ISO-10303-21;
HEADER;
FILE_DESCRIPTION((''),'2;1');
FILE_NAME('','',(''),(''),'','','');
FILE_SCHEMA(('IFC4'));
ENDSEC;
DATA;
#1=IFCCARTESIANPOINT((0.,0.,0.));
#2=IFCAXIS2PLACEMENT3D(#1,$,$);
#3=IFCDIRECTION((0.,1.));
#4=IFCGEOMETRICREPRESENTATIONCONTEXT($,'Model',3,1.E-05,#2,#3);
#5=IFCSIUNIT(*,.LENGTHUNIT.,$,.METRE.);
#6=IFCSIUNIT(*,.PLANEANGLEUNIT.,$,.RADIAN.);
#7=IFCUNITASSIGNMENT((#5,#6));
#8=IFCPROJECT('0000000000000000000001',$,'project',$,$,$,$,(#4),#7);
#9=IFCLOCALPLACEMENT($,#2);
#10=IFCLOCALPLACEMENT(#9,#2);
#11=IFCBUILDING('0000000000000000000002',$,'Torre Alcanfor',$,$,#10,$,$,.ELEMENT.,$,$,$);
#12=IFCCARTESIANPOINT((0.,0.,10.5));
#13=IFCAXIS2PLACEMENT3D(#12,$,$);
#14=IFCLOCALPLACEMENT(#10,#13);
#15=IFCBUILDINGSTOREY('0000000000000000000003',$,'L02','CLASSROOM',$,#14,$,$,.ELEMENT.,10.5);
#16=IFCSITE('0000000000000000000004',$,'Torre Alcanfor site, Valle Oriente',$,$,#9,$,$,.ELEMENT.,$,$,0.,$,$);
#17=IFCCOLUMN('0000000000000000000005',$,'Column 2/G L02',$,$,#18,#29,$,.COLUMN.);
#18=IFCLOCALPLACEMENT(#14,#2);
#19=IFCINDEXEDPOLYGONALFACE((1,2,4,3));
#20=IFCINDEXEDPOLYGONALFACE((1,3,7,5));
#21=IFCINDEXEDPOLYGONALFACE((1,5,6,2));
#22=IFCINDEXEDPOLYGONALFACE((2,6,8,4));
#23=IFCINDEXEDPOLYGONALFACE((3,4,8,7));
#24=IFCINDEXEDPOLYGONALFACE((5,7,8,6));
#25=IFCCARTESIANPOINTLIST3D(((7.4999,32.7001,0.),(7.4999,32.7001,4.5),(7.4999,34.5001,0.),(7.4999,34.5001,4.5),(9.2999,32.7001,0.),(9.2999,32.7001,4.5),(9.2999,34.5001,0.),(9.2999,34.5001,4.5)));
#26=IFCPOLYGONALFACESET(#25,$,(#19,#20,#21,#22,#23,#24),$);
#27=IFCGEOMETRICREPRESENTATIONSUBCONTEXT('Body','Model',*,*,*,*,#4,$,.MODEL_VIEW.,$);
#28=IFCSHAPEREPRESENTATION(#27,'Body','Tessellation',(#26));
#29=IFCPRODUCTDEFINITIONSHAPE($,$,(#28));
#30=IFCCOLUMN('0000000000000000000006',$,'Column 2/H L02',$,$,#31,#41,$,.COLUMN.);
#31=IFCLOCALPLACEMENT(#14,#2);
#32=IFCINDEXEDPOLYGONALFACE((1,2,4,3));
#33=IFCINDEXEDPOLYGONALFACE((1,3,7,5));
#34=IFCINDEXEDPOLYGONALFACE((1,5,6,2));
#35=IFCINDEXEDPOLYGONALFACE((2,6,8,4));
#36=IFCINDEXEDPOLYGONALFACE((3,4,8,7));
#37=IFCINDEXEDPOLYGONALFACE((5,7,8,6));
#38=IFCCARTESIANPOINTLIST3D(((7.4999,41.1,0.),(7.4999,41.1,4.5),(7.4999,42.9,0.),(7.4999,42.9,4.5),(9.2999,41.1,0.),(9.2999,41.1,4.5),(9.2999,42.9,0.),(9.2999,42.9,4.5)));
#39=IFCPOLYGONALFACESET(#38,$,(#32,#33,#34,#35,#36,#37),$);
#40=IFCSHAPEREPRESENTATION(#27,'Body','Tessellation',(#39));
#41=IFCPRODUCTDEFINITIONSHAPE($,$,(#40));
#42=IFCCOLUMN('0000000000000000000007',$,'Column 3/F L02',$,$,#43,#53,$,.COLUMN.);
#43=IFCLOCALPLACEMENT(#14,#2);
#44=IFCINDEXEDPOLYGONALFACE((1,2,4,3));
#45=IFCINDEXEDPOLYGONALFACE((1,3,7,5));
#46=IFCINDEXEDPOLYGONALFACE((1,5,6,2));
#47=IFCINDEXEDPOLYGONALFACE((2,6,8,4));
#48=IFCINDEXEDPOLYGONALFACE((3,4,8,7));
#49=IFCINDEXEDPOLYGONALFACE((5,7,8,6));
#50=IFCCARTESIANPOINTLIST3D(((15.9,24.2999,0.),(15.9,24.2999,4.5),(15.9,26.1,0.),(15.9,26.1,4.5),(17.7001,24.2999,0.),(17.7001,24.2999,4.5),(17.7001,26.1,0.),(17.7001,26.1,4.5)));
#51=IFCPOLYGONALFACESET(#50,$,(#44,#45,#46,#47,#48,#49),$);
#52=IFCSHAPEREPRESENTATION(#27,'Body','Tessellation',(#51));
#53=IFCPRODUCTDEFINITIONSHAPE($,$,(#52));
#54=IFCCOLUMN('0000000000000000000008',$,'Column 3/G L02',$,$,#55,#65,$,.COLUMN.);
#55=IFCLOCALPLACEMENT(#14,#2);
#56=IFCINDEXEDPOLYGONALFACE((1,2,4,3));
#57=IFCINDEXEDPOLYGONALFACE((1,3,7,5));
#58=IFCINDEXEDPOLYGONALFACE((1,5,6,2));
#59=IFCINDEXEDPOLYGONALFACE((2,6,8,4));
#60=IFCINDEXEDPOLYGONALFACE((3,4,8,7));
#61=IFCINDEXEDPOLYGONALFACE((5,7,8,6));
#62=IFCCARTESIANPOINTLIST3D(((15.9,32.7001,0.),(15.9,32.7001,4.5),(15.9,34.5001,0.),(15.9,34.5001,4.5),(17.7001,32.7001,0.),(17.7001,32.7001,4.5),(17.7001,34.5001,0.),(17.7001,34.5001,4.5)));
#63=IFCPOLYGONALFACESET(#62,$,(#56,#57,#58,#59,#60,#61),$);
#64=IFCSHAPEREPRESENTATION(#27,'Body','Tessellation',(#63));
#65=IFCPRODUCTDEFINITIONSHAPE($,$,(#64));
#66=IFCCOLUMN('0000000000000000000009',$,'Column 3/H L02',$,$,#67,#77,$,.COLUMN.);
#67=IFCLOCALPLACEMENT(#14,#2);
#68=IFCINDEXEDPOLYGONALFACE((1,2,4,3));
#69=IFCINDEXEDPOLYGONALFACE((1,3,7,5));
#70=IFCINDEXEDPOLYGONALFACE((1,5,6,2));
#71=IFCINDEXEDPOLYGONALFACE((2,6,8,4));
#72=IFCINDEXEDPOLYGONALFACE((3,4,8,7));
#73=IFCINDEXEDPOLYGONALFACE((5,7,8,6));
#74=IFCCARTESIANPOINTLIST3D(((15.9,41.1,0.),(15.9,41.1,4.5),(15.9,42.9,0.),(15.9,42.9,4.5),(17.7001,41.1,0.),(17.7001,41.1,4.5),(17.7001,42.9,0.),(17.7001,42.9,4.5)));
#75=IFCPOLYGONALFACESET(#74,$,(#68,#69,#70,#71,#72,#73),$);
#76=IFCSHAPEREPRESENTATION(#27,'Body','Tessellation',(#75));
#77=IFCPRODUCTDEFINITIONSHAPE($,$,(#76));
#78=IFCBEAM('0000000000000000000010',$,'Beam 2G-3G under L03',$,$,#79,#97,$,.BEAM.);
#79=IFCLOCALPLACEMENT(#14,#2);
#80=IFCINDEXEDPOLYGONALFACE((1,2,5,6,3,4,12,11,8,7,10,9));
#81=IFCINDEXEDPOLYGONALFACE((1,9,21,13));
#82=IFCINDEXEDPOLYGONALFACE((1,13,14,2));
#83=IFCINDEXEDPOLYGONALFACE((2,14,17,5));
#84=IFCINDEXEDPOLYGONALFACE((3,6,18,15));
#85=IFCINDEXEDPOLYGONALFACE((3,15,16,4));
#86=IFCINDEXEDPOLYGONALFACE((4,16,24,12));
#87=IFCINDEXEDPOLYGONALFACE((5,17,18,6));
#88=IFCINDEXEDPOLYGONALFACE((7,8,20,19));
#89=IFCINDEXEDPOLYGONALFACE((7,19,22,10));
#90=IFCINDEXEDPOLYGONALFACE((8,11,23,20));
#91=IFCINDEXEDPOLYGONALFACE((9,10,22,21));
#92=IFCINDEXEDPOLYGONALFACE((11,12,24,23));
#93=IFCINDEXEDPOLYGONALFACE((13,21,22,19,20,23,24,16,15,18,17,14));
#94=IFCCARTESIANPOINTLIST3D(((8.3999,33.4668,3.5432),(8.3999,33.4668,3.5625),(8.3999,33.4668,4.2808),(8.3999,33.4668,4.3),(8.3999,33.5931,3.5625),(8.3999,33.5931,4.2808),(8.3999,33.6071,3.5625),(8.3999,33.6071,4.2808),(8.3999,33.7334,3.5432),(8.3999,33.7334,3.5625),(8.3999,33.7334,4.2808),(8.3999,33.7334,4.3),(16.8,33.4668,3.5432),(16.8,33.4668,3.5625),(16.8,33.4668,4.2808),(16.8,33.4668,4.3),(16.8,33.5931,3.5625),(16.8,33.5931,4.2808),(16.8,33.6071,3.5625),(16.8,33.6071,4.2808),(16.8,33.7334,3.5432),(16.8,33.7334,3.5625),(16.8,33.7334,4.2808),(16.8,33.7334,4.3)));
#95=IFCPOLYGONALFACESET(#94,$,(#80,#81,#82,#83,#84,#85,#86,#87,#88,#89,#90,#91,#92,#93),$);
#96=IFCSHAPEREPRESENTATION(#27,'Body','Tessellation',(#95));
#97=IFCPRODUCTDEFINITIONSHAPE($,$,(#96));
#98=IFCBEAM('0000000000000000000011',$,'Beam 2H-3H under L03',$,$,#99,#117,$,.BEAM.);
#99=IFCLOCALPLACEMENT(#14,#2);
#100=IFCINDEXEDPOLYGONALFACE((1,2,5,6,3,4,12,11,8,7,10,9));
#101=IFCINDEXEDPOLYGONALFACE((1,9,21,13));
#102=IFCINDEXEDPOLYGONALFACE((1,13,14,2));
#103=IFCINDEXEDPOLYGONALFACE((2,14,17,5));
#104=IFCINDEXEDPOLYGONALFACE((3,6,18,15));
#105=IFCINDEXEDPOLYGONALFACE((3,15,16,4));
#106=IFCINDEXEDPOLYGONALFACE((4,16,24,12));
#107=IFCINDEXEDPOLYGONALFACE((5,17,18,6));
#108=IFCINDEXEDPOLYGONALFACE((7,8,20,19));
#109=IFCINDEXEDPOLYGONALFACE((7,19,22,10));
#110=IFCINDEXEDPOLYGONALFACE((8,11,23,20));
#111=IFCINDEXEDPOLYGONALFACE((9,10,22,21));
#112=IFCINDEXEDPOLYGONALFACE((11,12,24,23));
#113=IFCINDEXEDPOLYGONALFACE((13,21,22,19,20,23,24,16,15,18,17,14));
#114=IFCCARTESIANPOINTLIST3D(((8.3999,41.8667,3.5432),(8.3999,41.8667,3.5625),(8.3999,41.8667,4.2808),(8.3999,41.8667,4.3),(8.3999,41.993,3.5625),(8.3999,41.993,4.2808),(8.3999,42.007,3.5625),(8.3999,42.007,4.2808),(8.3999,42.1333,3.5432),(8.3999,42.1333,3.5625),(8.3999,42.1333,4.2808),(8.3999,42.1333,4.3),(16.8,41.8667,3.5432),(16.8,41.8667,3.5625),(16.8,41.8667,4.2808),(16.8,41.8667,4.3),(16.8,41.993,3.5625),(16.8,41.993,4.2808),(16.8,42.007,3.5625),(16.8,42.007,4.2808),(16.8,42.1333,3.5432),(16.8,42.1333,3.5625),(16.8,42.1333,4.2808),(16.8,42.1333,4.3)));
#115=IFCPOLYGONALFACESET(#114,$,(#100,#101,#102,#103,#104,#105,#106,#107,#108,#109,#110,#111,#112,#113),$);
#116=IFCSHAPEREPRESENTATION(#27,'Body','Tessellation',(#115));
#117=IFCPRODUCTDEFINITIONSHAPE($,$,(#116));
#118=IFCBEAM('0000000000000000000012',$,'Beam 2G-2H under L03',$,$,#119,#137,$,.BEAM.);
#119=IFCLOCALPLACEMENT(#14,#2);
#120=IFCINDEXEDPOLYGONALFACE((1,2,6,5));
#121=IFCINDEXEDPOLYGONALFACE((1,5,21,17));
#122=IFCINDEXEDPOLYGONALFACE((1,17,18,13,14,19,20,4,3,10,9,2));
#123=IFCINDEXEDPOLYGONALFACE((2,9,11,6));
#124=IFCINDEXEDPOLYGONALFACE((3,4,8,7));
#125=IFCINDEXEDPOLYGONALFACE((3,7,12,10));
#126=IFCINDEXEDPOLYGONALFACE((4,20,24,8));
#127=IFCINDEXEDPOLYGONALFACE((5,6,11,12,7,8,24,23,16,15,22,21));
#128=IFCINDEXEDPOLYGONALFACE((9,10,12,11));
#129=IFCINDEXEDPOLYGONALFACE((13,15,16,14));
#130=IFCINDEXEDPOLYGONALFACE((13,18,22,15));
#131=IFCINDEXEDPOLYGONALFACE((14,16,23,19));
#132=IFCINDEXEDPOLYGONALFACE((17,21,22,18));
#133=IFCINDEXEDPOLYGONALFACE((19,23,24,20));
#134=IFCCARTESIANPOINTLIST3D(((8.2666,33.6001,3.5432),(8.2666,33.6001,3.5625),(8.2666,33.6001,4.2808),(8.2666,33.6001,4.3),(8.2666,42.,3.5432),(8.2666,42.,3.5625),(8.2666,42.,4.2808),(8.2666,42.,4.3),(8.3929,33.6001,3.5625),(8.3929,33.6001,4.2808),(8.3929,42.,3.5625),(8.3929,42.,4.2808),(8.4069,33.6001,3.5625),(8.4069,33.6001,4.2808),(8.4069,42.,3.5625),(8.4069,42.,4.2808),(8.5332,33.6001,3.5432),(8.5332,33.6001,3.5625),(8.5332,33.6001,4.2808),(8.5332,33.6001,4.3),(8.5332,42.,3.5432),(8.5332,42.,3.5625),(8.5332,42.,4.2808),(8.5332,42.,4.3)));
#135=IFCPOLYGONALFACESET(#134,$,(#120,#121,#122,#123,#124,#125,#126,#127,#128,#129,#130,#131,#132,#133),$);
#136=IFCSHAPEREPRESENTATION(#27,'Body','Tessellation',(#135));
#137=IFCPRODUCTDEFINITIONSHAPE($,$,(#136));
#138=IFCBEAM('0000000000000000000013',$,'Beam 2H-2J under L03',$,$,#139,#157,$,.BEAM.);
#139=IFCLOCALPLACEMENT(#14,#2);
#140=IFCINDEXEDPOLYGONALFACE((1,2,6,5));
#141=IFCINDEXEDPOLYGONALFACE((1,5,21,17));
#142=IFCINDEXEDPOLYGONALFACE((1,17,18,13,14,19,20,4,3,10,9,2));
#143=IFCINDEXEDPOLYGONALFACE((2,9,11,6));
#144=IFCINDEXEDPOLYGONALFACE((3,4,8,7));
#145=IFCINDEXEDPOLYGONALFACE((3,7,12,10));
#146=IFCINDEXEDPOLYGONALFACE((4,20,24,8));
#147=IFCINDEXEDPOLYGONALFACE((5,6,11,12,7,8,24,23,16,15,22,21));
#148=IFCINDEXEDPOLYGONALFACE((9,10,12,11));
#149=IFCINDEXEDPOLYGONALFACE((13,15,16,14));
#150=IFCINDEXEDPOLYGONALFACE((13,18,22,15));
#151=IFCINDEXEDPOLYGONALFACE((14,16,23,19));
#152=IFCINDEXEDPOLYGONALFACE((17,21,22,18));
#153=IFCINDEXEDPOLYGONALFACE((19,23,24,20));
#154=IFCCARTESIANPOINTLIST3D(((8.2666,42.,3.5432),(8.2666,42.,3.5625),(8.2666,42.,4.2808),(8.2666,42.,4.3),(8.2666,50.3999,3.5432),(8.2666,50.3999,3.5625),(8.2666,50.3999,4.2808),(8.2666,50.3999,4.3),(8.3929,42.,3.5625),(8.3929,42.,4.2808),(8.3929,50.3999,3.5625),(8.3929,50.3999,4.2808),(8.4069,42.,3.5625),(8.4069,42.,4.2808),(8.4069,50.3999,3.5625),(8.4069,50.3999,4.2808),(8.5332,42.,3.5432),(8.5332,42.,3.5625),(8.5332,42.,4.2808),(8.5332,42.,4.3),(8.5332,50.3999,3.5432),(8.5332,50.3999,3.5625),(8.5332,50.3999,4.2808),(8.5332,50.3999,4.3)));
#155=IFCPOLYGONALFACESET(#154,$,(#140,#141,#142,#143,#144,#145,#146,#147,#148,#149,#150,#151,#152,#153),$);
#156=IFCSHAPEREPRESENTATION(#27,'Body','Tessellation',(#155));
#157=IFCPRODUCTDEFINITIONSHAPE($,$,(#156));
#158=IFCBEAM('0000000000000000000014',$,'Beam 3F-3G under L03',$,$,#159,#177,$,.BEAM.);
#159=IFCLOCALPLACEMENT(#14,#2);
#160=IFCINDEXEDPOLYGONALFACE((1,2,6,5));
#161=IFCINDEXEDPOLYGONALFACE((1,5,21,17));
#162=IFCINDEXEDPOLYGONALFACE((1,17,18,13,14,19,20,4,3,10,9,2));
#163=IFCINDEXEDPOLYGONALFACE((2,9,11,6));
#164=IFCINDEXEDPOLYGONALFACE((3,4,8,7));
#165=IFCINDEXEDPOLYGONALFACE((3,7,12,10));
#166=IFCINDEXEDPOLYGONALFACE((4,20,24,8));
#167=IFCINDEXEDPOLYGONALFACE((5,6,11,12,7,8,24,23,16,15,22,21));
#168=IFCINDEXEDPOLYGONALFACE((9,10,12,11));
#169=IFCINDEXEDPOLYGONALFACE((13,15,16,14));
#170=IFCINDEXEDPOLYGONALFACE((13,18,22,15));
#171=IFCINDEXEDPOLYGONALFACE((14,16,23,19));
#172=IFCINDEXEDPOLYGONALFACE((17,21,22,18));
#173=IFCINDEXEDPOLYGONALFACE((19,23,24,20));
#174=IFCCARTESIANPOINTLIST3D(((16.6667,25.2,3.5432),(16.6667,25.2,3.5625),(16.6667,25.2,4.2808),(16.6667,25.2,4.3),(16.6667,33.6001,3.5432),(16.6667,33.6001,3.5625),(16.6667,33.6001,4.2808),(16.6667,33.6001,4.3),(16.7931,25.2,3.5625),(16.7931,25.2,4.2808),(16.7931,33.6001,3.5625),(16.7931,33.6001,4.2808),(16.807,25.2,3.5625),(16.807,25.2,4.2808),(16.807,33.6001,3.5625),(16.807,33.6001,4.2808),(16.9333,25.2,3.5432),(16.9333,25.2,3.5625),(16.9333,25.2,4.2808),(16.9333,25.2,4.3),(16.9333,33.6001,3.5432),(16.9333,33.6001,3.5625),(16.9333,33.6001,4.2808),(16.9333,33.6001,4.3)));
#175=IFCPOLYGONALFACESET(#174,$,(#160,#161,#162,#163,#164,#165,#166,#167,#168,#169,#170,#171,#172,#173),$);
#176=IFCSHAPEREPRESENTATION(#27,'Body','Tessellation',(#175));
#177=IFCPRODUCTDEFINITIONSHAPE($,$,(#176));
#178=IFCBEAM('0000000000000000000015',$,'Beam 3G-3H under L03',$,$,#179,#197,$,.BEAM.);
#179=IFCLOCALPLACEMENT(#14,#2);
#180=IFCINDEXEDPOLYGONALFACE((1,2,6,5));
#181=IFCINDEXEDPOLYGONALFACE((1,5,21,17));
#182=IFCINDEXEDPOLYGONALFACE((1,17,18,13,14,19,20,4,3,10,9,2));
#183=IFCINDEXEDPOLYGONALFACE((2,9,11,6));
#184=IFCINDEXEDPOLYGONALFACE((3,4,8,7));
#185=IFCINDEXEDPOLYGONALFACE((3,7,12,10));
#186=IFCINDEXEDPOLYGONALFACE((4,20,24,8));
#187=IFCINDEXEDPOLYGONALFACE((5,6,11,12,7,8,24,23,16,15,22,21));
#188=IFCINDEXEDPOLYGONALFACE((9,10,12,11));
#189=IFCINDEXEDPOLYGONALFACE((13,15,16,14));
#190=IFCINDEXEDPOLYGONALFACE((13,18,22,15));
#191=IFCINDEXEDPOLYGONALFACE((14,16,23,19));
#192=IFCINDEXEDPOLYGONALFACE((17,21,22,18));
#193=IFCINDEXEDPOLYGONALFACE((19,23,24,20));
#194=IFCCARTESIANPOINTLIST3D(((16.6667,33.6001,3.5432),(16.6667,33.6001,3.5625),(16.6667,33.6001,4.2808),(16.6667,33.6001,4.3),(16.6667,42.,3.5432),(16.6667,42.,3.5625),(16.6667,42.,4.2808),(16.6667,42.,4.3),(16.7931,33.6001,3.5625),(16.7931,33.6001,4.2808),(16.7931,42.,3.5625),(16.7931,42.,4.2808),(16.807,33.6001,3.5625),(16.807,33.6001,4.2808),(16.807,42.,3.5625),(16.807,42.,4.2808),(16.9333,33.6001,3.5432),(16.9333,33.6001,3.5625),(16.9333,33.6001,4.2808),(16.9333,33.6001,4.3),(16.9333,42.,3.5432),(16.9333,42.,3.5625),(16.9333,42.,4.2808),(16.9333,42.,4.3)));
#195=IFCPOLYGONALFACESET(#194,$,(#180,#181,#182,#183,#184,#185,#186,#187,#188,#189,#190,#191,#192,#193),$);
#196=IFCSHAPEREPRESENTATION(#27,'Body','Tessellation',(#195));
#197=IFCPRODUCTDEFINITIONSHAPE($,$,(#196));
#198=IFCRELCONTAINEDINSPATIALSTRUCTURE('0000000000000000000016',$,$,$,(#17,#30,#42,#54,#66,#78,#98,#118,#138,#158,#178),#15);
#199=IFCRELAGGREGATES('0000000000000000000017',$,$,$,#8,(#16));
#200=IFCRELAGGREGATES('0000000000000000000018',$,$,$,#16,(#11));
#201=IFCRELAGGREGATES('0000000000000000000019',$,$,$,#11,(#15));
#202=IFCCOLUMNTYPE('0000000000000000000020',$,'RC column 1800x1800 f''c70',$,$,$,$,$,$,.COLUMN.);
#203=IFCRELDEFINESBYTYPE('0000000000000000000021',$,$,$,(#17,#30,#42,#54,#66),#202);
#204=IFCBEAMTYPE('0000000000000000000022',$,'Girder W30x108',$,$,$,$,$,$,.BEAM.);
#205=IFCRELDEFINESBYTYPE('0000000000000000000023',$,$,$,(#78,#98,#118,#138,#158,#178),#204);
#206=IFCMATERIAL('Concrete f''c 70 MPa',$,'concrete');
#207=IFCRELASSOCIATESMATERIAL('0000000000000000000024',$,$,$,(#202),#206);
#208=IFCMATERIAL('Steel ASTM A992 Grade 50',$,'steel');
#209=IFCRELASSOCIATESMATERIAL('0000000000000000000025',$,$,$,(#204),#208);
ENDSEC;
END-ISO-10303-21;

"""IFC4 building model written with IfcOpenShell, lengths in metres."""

from ifc_helpers import new_model, si_unit, direction, frame, origin, origin_2d, place, context, subcontext, project, spatial, rectangle, i_section, extrude, material, material_profile, profile_set, type_object, element, save


model = new_model("IFC4")

# Units and contexts
model_context = context("Model", 3, precision=1e-05, world=origin(), true_north=direction((0.0, 1.0)))
body_context = subcontext(model_context, "Body", "Model", "MODEL_VIEW")
ifc_project = project(units=[si_unit("LENGTHUNIT", "METRE"), si_unit("PLANEANGLEUNIT", "RADIAN")], contexts=[model_context])

# Site, building, storey
site_placement = place(None, origin())
site = spatial("IfcSite", under=ifc_project, at=site_placement, Name="Torre Alcanfor site, Valle Oriente", CompositionType="ELEMENT", RefElevation=0.0)
building_placement = place(site_placement, origin())
building = spatial("IfcBuilding", under=site, at=building_placement, Name="Torre Alcanfor", CompositionType="ELEMENT")
storey_placement = place(building_placement, frame((0.0, 0.0, 10.5)))
storey = spatial("IfcBuildingStorey", under=building, at=storey_placement, Name="L02", Description="CLASSROOM", CompositionType="ELEMENT", Elevation=10.5)

# Columns
ifc_material_1 = material(Name="Concrete f'c 70 MPa", Category="concrete")
ifc_material_profile_1 = material_profile(ifc_material_1, rectangle(XDim=1.8, YDim=1.8, at=origin_2d()), Name="1800x1800")
ifc_profile_set_1 = profile_set([ifc_material_profile_1], Name="Concrete f'c 70 MPa")
column_type = type_object("IfcColumnType", Name="RC column 1800x1800 f'c70", PredefinedType="COLUMN", material=ifc_profile_set_1)
for number, where, z_axis, x_axis, name in (
    (1, (8.3999, 33.6001, 0.0), (0.0, 0.0, 1.0), (1.0, 0.0, 0.0), "Column 2/G L02"),
    (2, (8.3999, 42.0, 0.0), (0.0, 0.0, 1.0), (1.0, 0.0, 0.0), "Column 2/H L02"),
    (3, (16.8, 25.2, 0.0), (0.0, 0.0, 1.0), (1.0, 0.0, 0.0), "Column 3/F L02"),
    (4, (16.8, 33.6001, 0.0), (0.0, 0.0, 1.0), (1.0, 0.0, 0.0), "Column 3/G L02"),
    (5, (16.8, 42.0, 0.0), (0.0, 0.0, 1.0), (1.0, 0.0, 0.0), "Column 3/H L02"),
):
    element("IfcColumn", number, at=place(storey_placement, frame(where, z_axis=z_axis, x_axis=x_axis)), inside=storey, type_object=column_type, Name=name, PredefinedType="COLUMN", context=body_context, shape_type="SweptSolid", body=[
        extrude(rectangle(XDim=1.8, YDim=1.8, at=origin_2d()), origin(), (0.0, 0.0, 1.0), 4.5),
    ])

# Beams
ifc_material_2 = material(Name="Steel ASTM A992 Grade 50", Category="steel")
ifc_material_profile_2 = material_profile(ifc_material_2, i_section(OverallWidth=0.2666, OverallDepth=0.7568, WebThickness=0.0139, FlangeThickness=0.0193, at=origin_2d()), Name="W30x108")
ifc_profile_set_2 = profile_set([ifc_material_profile_2], Name="Steel ASTM A992 Grade 50")
beam_type_1 = type_object("IfcBeamType", Name="Girder W30x108", PredefinedType="BEAM", material=ifc_profile_set_2)
for number, where, z_axis, x_axis, name in (
    (6, (8.3999, 33.6001, 3.9216), (1.0, 0.0, 0.0), (0.0, 1.0, 0.0), "Beam 2G-3G under L03"),
    (7, (8.3999, 42.0, 3.9216), (1.0, 0.0, 0.0), (0.0, 1.0, 0.0), "Beam 2H-3H under L03"),
):
    element("IfcBeam", number, at=place(storey_placement, frame(where, z_axis=z_axis, x_axis=x_axis)), inside=storey, type_object=beam_type_1, Name=name, PredefinedType="BEAM", context=body_context, shape_type="SweptSolid", body=[
        extrude(i_section(OverallWidth=0.2666, OverallDepth=0.7568, WebThickness=0.0139, FlangeThickness=0.0193, at=origin_2d()), origin(), (0.0, 0.0, 1.0), 8.4001),
    ])
for number, where, z_axis, x_axis, name in (
    (8, (8.3999, 33.6001, 3.9216), (0.0, 1.0, 0.0), (-1.0, 0.0, 0.0), "Beam 2G-2H under L03"),
    (9, (8.3999, 42.0, 3.9216), (0.0, 1.0, 0.0), (-1.0, 0.0, 0.0), "Beam 2H-2J under L03"),
):
    element("IfcBeam", number, at=place(storey_placement, frame(where, z_axis=z_axis, x_axis=x_axis)), inside=storey, type_object=beam_type_1, Name=name, PredefinedType="BEAM", context=body_context, shape_type="SweptSolid", body=[
        extrude(i_section(OverallWidth=0.2666, OverallDepth=0.7568, WebThickness=0.0139, FlangeThickness=0.0193, at=origin_2d()), origin(), (0.0, 0.0, 1.0), 8.3999),
    ])
beam_1_placement = place(storey_placement, frame((16.8, 25.2, 3.9216), z_axis=(0.0, 1.0, 0.0), x_axis=(-1.0, 0.0, 0.0)))
element("IfcBeam", 10, at=beam_1_placement, inside=storey, type_object=beam_type_1, Name="Beam 3F-3G under L03", PredefinedType="BEAM", context=body_context, shape_type="SweptSolid", body=[
    extrude(i_section(OverallWidth=0.2666, OverallDepth=0.7568, WebThickness=0.0139, FlangeThickness=0.0193, at=origin_2d()), origin(), (0.0, 0.0, 1.0), 8.4001),
])
beam_2_placement = place(storey_placement, frame((16.8, 33.6001, 3.9216), z_axis=(0.0, 1.0, 0.0), x_axis=(-1.0, 0.0, 0.0)))
element("IfcBeam", 11, at=beam_2_placement, inside=storey, type_object=beam_type_1, Name="Beam 3G-3H under L03", PredefinedType="BEAM", context=body_context, shape_type="SweptSolid", body=[
    extrude(i_section(OverallWidth=0.2666, OverallDepth=0.7568, WebThickness=0.0139, FlangeThickness=0.0193, at=origin_2d()), origin(), (0.0, 0.0, 1.0), 8.3999),
])

save(model, "model.ifc")
